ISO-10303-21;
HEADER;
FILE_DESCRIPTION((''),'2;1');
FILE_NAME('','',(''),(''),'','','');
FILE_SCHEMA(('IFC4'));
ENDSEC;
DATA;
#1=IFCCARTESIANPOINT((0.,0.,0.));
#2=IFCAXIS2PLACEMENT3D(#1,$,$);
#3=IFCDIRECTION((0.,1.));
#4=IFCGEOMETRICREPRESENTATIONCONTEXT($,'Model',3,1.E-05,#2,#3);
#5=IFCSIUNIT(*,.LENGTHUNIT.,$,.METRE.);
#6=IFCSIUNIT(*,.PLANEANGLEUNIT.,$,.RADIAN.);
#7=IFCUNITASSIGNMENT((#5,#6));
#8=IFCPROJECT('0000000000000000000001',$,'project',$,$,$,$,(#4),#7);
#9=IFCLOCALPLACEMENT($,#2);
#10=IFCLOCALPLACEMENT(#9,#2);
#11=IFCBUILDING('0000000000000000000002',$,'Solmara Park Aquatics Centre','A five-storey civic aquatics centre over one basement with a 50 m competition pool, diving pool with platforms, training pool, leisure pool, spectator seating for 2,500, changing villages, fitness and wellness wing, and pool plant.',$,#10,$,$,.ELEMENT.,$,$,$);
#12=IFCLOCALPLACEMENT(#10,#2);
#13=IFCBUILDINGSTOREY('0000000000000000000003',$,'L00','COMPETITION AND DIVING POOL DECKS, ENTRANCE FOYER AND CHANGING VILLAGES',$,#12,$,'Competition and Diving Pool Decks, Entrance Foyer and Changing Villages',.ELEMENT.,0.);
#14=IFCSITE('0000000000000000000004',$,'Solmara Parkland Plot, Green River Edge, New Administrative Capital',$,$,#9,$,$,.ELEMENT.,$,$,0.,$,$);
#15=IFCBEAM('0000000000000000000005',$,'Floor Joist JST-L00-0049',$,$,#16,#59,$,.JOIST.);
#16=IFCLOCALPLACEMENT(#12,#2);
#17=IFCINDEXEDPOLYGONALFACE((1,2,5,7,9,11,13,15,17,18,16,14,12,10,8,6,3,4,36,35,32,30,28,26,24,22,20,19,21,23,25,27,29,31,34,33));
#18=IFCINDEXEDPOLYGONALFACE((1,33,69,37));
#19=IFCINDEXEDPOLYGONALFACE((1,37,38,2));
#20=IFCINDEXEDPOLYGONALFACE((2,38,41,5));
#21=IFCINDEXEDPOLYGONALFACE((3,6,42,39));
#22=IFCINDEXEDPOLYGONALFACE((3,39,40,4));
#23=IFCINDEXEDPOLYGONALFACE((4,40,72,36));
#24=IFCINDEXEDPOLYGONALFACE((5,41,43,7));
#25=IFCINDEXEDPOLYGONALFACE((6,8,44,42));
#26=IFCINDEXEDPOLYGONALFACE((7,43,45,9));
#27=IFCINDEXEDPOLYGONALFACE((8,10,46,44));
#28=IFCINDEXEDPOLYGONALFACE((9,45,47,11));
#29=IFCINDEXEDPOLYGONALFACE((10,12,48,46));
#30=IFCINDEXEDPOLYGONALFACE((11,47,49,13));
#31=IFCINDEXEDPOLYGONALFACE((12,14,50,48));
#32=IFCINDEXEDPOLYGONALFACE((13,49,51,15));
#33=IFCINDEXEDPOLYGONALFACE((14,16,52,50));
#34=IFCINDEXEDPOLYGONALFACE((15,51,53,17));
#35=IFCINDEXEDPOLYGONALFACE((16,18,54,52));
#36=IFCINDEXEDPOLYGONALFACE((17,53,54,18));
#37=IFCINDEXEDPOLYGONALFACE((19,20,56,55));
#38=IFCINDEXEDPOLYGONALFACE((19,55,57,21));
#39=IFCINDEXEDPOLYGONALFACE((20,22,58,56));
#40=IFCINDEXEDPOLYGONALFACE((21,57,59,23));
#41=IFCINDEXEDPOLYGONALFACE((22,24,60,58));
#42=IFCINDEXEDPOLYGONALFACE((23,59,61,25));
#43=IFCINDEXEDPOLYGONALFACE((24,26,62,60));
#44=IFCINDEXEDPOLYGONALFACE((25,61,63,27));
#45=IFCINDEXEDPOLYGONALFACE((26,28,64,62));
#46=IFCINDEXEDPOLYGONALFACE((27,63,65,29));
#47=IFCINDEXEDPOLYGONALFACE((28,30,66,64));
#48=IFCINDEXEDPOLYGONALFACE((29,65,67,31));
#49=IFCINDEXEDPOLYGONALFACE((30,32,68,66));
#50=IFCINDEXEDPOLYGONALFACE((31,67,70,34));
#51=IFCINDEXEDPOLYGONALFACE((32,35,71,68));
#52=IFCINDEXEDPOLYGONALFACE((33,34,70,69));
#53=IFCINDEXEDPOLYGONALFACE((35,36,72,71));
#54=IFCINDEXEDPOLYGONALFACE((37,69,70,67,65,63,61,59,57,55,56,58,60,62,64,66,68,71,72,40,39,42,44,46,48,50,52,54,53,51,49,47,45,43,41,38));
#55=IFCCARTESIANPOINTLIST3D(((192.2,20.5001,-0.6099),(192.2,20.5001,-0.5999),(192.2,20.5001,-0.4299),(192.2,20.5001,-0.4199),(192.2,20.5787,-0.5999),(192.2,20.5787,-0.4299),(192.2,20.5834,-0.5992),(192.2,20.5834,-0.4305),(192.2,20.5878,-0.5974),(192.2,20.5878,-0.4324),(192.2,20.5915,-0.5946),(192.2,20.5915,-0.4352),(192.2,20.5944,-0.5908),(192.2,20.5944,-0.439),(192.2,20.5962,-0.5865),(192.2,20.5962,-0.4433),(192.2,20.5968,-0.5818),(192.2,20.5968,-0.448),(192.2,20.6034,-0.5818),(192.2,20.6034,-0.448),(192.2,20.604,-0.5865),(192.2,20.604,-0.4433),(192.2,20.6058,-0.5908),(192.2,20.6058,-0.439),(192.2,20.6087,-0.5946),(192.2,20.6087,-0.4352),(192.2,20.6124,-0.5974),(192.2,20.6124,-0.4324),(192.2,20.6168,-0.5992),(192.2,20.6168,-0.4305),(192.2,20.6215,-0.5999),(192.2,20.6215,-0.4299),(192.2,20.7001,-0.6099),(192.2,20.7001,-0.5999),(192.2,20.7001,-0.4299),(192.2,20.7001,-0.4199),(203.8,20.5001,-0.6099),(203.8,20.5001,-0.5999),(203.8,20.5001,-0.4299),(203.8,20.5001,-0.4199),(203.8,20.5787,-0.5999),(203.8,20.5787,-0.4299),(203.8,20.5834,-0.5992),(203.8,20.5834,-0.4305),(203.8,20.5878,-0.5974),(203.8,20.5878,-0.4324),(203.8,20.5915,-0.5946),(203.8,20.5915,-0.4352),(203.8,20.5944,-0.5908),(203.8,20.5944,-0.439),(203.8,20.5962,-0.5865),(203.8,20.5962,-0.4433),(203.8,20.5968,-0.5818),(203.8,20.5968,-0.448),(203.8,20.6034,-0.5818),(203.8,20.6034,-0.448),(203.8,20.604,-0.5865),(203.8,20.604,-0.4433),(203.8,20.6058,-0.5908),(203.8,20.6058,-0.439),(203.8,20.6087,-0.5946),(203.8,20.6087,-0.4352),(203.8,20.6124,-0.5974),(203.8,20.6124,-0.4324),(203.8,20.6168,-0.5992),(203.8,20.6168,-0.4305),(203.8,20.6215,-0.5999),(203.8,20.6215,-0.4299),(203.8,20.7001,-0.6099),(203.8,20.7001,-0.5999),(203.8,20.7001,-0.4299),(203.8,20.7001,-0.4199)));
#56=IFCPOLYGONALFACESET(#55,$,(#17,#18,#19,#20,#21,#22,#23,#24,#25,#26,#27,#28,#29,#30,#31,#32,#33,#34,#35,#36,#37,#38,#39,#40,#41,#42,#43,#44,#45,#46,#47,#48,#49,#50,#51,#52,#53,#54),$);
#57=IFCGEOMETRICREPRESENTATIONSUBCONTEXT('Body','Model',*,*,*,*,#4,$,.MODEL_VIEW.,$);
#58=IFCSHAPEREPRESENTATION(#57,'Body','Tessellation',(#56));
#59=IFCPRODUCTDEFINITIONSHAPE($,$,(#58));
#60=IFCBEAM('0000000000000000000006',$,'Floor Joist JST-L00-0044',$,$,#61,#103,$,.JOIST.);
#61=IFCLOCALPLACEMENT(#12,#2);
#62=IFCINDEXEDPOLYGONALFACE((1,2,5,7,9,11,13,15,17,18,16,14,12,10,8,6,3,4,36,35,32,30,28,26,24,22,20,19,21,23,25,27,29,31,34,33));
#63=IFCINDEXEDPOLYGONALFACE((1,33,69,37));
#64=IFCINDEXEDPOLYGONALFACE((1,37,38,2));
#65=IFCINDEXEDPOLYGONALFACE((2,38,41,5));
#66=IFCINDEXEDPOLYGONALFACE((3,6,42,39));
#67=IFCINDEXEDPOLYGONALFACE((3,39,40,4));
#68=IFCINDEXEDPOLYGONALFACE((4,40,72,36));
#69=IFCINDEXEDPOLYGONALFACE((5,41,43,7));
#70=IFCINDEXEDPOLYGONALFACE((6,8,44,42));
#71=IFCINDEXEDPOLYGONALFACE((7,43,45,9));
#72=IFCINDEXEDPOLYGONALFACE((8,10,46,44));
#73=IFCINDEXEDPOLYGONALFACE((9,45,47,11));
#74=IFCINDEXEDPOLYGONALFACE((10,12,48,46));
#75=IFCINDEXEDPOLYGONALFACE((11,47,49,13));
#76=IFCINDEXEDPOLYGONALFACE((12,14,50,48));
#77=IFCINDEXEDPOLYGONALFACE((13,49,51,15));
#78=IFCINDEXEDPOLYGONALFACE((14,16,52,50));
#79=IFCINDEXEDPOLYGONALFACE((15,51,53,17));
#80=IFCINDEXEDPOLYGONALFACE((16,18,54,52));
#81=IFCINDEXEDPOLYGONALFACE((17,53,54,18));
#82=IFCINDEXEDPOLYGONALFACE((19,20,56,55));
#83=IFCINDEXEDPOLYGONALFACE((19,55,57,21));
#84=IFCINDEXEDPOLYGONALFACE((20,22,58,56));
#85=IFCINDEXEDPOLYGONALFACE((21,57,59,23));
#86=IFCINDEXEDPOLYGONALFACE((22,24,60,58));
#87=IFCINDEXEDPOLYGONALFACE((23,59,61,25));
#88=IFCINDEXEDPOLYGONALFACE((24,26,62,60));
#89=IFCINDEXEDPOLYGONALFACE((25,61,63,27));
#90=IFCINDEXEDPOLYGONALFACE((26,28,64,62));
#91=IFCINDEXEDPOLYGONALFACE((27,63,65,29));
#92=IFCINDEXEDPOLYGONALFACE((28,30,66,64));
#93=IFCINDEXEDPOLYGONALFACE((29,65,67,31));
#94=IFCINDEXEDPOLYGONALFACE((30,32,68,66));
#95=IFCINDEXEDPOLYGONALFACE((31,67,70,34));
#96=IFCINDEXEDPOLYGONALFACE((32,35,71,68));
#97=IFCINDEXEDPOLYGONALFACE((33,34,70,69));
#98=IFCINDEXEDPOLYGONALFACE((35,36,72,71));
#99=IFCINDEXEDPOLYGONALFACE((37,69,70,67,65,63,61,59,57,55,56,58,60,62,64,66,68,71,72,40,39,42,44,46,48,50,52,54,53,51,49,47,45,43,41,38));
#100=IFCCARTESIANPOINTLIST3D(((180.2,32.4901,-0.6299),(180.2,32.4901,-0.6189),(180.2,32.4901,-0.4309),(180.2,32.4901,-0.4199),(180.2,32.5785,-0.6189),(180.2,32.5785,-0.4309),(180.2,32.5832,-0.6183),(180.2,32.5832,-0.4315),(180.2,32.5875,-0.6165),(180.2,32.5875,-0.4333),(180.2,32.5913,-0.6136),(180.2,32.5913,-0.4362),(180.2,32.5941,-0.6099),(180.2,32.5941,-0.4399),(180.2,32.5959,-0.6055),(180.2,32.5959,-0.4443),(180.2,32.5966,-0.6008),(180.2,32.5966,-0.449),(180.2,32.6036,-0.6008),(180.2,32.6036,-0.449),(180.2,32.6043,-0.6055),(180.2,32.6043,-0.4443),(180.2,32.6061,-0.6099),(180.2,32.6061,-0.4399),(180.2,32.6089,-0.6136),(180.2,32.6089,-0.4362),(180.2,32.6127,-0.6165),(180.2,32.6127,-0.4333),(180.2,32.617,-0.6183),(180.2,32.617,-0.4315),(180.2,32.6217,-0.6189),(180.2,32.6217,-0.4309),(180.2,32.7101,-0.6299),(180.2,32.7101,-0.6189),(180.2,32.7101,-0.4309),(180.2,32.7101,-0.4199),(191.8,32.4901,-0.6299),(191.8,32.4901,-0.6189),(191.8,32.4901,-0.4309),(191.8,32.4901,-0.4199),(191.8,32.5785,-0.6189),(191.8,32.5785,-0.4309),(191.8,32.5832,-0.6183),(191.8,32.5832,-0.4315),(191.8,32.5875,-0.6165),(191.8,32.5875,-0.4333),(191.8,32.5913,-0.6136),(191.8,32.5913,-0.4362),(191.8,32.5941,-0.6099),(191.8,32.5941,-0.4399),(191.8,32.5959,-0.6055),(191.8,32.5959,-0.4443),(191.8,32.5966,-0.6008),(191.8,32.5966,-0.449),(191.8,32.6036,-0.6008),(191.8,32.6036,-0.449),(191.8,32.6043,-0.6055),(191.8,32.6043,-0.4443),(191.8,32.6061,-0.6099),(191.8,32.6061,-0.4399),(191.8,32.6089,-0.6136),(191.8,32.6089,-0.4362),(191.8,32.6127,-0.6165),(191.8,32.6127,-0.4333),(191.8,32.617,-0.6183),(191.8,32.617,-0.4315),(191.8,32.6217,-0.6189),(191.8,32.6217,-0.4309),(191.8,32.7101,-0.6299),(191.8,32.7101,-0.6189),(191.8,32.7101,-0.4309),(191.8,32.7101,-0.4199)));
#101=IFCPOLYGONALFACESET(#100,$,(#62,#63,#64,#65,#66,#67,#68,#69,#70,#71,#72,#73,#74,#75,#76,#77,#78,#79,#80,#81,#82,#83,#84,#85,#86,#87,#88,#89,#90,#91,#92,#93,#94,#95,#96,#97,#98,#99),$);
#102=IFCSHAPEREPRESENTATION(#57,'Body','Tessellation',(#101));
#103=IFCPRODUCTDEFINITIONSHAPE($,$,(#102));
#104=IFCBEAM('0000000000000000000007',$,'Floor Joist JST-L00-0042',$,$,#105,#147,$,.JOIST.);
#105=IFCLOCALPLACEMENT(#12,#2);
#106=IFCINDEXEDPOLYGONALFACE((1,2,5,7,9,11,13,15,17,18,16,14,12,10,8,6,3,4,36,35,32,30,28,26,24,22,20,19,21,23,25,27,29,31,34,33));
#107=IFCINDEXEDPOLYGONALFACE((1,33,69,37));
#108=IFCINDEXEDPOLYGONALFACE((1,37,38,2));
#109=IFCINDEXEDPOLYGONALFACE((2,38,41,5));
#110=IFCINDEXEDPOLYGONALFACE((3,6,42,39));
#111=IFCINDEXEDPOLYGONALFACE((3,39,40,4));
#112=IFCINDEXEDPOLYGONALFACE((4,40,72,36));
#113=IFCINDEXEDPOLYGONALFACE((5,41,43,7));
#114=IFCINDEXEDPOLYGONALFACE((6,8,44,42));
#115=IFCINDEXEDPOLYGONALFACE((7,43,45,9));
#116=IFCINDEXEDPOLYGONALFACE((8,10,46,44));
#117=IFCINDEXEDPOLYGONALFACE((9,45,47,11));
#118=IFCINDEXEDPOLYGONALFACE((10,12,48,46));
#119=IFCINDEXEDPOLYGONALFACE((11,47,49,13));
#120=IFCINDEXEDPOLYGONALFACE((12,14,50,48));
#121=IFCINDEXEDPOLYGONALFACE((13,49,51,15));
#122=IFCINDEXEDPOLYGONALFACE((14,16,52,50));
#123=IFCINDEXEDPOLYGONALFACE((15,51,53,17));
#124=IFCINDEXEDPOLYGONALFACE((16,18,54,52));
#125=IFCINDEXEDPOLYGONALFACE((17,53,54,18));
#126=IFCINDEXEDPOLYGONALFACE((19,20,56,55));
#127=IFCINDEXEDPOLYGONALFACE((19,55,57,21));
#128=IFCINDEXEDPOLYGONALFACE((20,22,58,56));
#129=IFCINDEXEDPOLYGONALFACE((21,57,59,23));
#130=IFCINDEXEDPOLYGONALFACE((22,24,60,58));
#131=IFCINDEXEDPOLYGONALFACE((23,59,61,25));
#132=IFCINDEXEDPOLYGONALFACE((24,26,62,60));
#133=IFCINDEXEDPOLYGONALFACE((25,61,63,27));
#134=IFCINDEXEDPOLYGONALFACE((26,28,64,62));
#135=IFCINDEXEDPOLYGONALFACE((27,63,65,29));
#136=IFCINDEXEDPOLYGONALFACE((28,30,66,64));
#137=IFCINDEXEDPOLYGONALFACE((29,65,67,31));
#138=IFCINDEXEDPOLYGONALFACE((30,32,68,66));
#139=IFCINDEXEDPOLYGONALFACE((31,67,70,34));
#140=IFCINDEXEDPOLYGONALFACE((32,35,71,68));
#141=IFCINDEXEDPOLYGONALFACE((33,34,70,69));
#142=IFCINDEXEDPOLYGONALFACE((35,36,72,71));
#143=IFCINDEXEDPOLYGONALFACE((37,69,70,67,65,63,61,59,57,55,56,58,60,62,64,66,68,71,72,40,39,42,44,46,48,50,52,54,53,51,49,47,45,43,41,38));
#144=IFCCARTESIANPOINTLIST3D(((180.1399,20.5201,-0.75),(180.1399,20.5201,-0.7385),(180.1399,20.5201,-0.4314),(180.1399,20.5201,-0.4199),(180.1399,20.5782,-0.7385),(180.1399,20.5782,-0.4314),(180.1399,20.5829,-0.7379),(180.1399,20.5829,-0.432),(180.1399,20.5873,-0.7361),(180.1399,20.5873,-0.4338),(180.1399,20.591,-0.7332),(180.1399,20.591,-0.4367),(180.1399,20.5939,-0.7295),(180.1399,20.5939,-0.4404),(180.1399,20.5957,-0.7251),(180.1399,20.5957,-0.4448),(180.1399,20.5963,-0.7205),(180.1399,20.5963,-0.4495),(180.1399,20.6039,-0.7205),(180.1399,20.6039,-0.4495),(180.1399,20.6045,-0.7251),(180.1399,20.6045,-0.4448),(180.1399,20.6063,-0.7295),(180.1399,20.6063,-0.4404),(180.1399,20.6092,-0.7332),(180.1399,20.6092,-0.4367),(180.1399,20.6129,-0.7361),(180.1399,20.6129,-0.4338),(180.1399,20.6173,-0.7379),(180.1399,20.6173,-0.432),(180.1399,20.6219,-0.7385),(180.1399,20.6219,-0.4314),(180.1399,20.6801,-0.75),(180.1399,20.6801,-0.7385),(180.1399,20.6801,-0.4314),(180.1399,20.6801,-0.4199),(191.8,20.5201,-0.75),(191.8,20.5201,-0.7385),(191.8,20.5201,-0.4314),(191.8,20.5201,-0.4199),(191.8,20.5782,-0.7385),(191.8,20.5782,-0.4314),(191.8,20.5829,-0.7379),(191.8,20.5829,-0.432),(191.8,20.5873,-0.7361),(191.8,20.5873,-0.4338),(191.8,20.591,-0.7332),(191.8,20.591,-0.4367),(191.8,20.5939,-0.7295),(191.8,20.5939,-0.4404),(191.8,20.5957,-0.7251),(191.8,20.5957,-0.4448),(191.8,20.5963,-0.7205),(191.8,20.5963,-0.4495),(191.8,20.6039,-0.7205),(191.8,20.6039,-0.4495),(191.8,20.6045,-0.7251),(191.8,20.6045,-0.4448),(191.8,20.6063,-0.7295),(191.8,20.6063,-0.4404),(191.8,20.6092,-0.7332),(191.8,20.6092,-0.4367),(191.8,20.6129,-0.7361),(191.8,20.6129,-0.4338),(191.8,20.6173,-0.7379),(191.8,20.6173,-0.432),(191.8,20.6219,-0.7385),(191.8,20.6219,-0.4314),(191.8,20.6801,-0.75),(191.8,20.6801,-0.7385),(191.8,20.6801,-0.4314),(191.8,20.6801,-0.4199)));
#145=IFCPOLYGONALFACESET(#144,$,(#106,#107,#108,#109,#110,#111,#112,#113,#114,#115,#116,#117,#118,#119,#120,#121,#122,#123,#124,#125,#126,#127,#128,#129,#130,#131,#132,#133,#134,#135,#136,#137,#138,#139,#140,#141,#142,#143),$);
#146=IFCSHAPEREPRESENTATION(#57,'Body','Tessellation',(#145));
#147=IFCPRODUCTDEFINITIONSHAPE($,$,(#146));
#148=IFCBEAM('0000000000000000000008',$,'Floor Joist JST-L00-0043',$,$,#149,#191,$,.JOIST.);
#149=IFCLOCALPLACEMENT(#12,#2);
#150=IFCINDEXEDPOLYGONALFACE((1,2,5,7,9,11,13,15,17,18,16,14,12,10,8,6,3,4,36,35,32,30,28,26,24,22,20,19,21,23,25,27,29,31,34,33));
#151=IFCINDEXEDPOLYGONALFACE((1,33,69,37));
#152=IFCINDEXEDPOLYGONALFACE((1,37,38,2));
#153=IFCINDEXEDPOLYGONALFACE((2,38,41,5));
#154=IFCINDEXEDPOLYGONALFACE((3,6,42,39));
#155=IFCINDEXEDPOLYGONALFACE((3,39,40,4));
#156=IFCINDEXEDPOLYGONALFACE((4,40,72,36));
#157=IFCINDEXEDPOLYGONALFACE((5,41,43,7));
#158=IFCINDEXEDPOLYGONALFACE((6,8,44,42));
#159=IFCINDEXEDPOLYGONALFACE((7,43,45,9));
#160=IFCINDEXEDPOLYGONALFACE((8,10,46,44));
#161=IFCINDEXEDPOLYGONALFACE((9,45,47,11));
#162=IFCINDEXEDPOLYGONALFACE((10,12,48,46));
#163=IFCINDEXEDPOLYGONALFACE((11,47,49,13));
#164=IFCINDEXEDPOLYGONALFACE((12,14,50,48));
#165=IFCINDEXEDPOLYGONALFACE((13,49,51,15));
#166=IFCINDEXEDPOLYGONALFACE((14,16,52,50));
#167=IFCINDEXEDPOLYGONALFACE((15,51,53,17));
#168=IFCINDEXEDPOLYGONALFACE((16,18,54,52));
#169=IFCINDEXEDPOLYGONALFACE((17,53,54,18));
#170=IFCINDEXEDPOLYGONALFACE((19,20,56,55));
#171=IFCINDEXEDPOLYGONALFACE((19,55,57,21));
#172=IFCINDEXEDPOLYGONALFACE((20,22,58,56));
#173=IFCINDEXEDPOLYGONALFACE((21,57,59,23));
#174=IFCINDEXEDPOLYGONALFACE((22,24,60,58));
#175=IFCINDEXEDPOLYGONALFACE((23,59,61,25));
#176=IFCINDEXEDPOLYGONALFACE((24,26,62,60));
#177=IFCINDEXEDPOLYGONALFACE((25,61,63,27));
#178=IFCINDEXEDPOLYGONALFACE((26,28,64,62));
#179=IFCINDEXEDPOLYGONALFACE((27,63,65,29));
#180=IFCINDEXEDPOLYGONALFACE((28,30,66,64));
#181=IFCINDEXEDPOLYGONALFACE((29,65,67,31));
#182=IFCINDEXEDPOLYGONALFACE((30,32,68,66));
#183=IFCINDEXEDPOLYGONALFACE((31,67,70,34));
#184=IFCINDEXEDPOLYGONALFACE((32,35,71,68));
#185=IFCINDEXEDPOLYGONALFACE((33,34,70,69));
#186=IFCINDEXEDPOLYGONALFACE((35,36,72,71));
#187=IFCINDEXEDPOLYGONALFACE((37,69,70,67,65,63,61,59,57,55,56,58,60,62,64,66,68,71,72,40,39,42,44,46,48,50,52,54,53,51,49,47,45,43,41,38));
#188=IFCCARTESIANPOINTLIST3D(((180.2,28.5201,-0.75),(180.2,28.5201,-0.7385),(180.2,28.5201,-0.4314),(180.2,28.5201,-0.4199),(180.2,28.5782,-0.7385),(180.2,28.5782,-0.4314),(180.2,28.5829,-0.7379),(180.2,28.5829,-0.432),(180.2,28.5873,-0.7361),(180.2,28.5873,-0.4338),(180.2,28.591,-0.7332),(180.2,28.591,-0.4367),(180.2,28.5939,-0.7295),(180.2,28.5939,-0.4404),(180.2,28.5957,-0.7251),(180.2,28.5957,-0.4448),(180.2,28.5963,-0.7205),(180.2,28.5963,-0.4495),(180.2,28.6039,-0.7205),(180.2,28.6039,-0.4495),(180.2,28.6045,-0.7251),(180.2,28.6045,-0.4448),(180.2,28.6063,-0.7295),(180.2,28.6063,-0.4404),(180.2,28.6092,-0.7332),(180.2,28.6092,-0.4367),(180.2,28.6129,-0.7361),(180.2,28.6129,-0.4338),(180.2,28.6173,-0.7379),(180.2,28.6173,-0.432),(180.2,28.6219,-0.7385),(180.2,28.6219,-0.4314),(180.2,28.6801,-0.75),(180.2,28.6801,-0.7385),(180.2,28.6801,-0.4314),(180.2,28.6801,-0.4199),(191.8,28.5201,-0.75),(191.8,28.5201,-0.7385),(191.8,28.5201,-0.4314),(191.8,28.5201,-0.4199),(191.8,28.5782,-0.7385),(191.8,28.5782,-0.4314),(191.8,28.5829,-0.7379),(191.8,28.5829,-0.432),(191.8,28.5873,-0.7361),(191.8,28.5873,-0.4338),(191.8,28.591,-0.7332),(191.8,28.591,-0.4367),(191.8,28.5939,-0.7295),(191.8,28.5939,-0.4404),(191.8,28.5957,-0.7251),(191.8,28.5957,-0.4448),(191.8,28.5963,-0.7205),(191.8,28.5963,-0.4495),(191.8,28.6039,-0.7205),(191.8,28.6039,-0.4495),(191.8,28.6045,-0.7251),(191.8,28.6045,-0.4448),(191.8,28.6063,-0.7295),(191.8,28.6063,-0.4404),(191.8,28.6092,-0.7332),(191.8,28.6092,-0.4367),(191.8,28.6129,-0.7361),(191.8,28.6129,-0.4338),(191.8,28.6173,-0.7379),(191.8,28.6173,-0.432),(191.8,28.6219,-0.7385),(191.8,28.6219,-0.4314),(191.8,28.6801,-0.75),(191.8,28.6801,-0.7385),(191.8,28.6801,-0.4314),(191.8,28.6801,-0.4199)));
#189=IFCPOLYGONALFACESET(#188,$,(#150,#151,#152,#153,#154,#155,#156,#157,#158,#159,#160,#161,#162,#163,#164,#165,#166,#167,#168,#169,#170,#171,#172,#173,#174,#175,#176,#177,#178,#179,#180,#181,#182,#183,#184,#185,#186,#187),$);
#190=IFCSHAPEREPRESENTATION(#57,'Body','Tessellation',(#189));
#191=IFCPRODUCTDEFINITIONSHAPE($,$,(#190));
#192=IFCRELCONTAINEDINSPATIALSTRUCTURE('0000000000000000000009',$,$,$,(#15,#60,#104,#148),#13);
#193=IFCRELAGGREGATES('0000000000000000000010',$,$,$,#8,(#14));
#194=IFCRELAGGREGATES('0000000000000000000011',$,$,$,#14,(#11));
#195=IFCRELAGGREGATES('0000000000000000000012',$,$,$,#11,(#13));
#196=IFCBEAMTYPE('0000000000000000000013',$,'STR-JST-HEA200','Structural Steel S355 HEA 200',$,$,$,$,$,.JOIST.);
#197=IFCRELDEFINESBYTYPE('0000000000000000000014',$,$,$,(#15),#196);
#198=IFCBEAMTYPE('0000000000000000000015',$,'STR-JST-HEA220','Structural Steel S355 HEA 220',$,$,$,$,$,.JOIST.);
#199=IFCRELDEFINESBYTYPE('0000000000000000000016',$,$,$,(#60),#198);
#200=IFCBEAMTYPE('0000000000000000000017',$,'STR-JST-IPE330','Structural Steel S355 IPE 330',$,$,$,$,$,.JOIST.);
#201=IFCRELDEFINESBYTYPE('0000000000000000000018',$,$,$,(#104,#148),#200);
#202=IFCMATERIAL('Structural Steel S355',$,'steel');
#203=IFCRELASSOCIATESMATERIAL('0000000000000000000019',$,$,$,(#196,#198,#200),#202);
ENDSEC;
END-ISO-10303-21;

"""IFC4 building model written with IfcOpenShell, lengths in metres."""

from ifc_helpers import new_model, si_unit, direction, frame, origin, origin_2d, place, context, subcontext, project, spatial, i_section, extrude, material, material_profile, profile_set, type_object, element, save


model = new_model("IFC4")

# Units and contexts
model_context = context("Model", 3, precision=1e-05, world=origin(), true_north=direction((0.0, 1.0)))
body_context = subcontext(model_context, "Body", "Model", "MODEL_VIEW")
ifc_project = project(units=[si_unit("LENGTHUNIT", "METRE"), si_unit("PLANEANGLEUNIT", "RADIAN")], contexts=[model_context])

# Site, building, storey
site_placement = place(None, origin())
site = spatial("IfcSite", under=ifc_project, at=site_placement, Name="Solmara Parkland Plot, Green River Edge, New Administrative Capital", CompositionType="ELEMENT", RefElevation=0.0)
building_placement = place(site_placement, origin())
building = spatial("IfcBuilding", under=site, at=building_placement, Name="Solmara Park Aquatics Centre", Description="A five-storey civic aquatics centre over one basement with a 50 m competition pool, diving pool with platforms, training pool, leisure pool, spectator seating for 2,500, changing villages, fitness and wellness wing, and pool plant.", CompositionType="ELEMENT")
storey_placement = place(building_placement, origin())
storey = spatial("IfcBuildingStorey", under=building, at=storey_placement, Name="L00", Description="COMPETITION AND DIVING POOL DECKS, ENTRANCE FOYER AND CHANGING VILLAGES", LongName="Competition and Diving Pool Decks, Entrance Foyer and Changing Villages", CompositionType="ELEMENT", Elevation=0.0)

# Shared definitions
ifc_material_1 = material(Name="Structural Steel S355", Category="steel")

# Beams
ifc_material_profile_1 = material_profile(ifc_material_1, i_section(OverallWidth=0.2, OverallDepth=0.1899, WebThickness=0.0066, FlangeThickness=0.01, FilletRadius=0.0181, at=origin_2d()), Name="HEA 200")
ifc_profile_set_1 = profile_set([ifc_material_profile_1], Name="Structural Steel S355")
beam_type_1 = type_object("IfcBeamType", Name="STR-JST-HEA200", Description="Structural Steel S355 HEA 200", PredefinedType="JOIST", material=ifc_profile_set_1)
beam_1_placement = place(storey_placement, frame((192.2, 20.6001, -0.5149), z_axis=(1.0, 0.0, 0.0), x_axis=(0.0, 1.0, 0.0)))
element("IfcBeam", 1, at=beam_1_placement, inside=storey, type_object=beam_type_1, Name="Floor Joist JST-L00-0049", PredefinedType="JOIST", context=body_context, shape_type="SweptSolid", body=[
    extrude(i_section(OverallWidth=0.2, OverallDepth=0.1899, WebThickness=0.0066, FlangeThickness=0.01, FilletRadius=0.0181, at=origin_2d()), origin(), (0.0, 0.0, 1.0), 11.6001),
])
ifc_material_profile_2 = material_profile(ifc_material_1, i_section(OverallWidth=0.22, OverallDepth=0.21, WebThickness=0.0071, FlangeThickness=0.011, FilletRadius=0.0181, at=origin_2d()), Name="HEA 220")
ifc_profile_set_2 = profile_set([ifc_material_profile_2], Name="Structural Steel S355")
beam_type_2 = type_object("IfcBeamType", Name="STR-JST-HEA220", Description="Structural Steel S355 HEA 220", PredefinedType="JOIST", material=ifc_profile_set_2)
beam_2_placement = place(storey_placement, frame((180.2, 32.6001, -0.5249), z_axis=(1.0, 0.0, 0.0), x_axis=(0.0, 1.0, 0.0)))
element("IfcBeam", 2, at=beam_2_placement, inside=storey, type_object=beam_type_2, Name="Floor Joist JST-L00-0044", PredefinedType="JOIST", context=body_context, shape_type="SweptSolid", body=[
    extrude(i_section(OverallWidth=0.22, OverallDepth=0.21, WebThickness=0.0071, FlangeThickness=0.011, FilletRadius=0.0181, at=origin_2d()), origin(), (0.0, 0.0, 1.0), 11.6001),
])
ifc_material_profile_3 = material_profile(ifc_material_1, i_section(OverallWidth=0.1599, OverallDepth=0.3301, WebThickness=0.0076, FlangeThickness=0.0115, FilletRadius=0.0181, at=origin_2d()), Name="IPE 330")
ifc_profile_set_3 = profile_set([ifc_material_profile_3], Name="Structural Steel S355")
beam_type_3 = type_object("IfcBeamType", Name="STR-JST-IPE330", Description="Structural Steel S355 IPE 330", PredefinedType="JOIST", material=ifc_profile_set_3)
beam_3_placement = place(storey_placement, frame((180.1399, 20.6001, -0.585), z_axis=(1.0, 0.0, 0.0), x_axis=(0.0, 1.0, 0.0)))
element("IfcBeam", 3, at=beam_3_placement, inside=storey, type_object=beam_type_3, Name="Floor Joist JST-L00-0042", PredefinedType="JOIST", context=body_context, shape_type="SweptSolid", body=[
    extrude(i_section(OverallWidth=0.1599, OverallDepth=0.3301, WebThickness=0.0076, FlangeThickness=0.0115, FilletRadius=0.0181, at=origin_2d()), origin(), (0.0, 0.0, 1.0), 11.6602),
])
for number, where, z_axis, x_axis, name in (
    (4, (180.2, 28.6001, -0.585), (1.0, 0.0, 0.0), (0.0, 1.0, 0.0), "Floor Joist JST-L00-0043"),
):
    element("IfcBeam", number, at=place(storey_placement, frame(where, z_axis=z_axis, x_axis=x_axis)), inside=storey, type_object=beam_type_3, Name=name, PredefinedType="JOIST", context=body_context, shape_type="SweptSolid", body=[
        extrude(i_section(OverallWidth=0.1599, OverallDepth=0.3301, WebThickness=0.0076, FlangeThickness=0.0115, FilletRadius=0.0181, at=origin_2d()), origin(), (0.0, 0.0, 1.0), 11.6001),
    ])

save(model, "model.ifc")
